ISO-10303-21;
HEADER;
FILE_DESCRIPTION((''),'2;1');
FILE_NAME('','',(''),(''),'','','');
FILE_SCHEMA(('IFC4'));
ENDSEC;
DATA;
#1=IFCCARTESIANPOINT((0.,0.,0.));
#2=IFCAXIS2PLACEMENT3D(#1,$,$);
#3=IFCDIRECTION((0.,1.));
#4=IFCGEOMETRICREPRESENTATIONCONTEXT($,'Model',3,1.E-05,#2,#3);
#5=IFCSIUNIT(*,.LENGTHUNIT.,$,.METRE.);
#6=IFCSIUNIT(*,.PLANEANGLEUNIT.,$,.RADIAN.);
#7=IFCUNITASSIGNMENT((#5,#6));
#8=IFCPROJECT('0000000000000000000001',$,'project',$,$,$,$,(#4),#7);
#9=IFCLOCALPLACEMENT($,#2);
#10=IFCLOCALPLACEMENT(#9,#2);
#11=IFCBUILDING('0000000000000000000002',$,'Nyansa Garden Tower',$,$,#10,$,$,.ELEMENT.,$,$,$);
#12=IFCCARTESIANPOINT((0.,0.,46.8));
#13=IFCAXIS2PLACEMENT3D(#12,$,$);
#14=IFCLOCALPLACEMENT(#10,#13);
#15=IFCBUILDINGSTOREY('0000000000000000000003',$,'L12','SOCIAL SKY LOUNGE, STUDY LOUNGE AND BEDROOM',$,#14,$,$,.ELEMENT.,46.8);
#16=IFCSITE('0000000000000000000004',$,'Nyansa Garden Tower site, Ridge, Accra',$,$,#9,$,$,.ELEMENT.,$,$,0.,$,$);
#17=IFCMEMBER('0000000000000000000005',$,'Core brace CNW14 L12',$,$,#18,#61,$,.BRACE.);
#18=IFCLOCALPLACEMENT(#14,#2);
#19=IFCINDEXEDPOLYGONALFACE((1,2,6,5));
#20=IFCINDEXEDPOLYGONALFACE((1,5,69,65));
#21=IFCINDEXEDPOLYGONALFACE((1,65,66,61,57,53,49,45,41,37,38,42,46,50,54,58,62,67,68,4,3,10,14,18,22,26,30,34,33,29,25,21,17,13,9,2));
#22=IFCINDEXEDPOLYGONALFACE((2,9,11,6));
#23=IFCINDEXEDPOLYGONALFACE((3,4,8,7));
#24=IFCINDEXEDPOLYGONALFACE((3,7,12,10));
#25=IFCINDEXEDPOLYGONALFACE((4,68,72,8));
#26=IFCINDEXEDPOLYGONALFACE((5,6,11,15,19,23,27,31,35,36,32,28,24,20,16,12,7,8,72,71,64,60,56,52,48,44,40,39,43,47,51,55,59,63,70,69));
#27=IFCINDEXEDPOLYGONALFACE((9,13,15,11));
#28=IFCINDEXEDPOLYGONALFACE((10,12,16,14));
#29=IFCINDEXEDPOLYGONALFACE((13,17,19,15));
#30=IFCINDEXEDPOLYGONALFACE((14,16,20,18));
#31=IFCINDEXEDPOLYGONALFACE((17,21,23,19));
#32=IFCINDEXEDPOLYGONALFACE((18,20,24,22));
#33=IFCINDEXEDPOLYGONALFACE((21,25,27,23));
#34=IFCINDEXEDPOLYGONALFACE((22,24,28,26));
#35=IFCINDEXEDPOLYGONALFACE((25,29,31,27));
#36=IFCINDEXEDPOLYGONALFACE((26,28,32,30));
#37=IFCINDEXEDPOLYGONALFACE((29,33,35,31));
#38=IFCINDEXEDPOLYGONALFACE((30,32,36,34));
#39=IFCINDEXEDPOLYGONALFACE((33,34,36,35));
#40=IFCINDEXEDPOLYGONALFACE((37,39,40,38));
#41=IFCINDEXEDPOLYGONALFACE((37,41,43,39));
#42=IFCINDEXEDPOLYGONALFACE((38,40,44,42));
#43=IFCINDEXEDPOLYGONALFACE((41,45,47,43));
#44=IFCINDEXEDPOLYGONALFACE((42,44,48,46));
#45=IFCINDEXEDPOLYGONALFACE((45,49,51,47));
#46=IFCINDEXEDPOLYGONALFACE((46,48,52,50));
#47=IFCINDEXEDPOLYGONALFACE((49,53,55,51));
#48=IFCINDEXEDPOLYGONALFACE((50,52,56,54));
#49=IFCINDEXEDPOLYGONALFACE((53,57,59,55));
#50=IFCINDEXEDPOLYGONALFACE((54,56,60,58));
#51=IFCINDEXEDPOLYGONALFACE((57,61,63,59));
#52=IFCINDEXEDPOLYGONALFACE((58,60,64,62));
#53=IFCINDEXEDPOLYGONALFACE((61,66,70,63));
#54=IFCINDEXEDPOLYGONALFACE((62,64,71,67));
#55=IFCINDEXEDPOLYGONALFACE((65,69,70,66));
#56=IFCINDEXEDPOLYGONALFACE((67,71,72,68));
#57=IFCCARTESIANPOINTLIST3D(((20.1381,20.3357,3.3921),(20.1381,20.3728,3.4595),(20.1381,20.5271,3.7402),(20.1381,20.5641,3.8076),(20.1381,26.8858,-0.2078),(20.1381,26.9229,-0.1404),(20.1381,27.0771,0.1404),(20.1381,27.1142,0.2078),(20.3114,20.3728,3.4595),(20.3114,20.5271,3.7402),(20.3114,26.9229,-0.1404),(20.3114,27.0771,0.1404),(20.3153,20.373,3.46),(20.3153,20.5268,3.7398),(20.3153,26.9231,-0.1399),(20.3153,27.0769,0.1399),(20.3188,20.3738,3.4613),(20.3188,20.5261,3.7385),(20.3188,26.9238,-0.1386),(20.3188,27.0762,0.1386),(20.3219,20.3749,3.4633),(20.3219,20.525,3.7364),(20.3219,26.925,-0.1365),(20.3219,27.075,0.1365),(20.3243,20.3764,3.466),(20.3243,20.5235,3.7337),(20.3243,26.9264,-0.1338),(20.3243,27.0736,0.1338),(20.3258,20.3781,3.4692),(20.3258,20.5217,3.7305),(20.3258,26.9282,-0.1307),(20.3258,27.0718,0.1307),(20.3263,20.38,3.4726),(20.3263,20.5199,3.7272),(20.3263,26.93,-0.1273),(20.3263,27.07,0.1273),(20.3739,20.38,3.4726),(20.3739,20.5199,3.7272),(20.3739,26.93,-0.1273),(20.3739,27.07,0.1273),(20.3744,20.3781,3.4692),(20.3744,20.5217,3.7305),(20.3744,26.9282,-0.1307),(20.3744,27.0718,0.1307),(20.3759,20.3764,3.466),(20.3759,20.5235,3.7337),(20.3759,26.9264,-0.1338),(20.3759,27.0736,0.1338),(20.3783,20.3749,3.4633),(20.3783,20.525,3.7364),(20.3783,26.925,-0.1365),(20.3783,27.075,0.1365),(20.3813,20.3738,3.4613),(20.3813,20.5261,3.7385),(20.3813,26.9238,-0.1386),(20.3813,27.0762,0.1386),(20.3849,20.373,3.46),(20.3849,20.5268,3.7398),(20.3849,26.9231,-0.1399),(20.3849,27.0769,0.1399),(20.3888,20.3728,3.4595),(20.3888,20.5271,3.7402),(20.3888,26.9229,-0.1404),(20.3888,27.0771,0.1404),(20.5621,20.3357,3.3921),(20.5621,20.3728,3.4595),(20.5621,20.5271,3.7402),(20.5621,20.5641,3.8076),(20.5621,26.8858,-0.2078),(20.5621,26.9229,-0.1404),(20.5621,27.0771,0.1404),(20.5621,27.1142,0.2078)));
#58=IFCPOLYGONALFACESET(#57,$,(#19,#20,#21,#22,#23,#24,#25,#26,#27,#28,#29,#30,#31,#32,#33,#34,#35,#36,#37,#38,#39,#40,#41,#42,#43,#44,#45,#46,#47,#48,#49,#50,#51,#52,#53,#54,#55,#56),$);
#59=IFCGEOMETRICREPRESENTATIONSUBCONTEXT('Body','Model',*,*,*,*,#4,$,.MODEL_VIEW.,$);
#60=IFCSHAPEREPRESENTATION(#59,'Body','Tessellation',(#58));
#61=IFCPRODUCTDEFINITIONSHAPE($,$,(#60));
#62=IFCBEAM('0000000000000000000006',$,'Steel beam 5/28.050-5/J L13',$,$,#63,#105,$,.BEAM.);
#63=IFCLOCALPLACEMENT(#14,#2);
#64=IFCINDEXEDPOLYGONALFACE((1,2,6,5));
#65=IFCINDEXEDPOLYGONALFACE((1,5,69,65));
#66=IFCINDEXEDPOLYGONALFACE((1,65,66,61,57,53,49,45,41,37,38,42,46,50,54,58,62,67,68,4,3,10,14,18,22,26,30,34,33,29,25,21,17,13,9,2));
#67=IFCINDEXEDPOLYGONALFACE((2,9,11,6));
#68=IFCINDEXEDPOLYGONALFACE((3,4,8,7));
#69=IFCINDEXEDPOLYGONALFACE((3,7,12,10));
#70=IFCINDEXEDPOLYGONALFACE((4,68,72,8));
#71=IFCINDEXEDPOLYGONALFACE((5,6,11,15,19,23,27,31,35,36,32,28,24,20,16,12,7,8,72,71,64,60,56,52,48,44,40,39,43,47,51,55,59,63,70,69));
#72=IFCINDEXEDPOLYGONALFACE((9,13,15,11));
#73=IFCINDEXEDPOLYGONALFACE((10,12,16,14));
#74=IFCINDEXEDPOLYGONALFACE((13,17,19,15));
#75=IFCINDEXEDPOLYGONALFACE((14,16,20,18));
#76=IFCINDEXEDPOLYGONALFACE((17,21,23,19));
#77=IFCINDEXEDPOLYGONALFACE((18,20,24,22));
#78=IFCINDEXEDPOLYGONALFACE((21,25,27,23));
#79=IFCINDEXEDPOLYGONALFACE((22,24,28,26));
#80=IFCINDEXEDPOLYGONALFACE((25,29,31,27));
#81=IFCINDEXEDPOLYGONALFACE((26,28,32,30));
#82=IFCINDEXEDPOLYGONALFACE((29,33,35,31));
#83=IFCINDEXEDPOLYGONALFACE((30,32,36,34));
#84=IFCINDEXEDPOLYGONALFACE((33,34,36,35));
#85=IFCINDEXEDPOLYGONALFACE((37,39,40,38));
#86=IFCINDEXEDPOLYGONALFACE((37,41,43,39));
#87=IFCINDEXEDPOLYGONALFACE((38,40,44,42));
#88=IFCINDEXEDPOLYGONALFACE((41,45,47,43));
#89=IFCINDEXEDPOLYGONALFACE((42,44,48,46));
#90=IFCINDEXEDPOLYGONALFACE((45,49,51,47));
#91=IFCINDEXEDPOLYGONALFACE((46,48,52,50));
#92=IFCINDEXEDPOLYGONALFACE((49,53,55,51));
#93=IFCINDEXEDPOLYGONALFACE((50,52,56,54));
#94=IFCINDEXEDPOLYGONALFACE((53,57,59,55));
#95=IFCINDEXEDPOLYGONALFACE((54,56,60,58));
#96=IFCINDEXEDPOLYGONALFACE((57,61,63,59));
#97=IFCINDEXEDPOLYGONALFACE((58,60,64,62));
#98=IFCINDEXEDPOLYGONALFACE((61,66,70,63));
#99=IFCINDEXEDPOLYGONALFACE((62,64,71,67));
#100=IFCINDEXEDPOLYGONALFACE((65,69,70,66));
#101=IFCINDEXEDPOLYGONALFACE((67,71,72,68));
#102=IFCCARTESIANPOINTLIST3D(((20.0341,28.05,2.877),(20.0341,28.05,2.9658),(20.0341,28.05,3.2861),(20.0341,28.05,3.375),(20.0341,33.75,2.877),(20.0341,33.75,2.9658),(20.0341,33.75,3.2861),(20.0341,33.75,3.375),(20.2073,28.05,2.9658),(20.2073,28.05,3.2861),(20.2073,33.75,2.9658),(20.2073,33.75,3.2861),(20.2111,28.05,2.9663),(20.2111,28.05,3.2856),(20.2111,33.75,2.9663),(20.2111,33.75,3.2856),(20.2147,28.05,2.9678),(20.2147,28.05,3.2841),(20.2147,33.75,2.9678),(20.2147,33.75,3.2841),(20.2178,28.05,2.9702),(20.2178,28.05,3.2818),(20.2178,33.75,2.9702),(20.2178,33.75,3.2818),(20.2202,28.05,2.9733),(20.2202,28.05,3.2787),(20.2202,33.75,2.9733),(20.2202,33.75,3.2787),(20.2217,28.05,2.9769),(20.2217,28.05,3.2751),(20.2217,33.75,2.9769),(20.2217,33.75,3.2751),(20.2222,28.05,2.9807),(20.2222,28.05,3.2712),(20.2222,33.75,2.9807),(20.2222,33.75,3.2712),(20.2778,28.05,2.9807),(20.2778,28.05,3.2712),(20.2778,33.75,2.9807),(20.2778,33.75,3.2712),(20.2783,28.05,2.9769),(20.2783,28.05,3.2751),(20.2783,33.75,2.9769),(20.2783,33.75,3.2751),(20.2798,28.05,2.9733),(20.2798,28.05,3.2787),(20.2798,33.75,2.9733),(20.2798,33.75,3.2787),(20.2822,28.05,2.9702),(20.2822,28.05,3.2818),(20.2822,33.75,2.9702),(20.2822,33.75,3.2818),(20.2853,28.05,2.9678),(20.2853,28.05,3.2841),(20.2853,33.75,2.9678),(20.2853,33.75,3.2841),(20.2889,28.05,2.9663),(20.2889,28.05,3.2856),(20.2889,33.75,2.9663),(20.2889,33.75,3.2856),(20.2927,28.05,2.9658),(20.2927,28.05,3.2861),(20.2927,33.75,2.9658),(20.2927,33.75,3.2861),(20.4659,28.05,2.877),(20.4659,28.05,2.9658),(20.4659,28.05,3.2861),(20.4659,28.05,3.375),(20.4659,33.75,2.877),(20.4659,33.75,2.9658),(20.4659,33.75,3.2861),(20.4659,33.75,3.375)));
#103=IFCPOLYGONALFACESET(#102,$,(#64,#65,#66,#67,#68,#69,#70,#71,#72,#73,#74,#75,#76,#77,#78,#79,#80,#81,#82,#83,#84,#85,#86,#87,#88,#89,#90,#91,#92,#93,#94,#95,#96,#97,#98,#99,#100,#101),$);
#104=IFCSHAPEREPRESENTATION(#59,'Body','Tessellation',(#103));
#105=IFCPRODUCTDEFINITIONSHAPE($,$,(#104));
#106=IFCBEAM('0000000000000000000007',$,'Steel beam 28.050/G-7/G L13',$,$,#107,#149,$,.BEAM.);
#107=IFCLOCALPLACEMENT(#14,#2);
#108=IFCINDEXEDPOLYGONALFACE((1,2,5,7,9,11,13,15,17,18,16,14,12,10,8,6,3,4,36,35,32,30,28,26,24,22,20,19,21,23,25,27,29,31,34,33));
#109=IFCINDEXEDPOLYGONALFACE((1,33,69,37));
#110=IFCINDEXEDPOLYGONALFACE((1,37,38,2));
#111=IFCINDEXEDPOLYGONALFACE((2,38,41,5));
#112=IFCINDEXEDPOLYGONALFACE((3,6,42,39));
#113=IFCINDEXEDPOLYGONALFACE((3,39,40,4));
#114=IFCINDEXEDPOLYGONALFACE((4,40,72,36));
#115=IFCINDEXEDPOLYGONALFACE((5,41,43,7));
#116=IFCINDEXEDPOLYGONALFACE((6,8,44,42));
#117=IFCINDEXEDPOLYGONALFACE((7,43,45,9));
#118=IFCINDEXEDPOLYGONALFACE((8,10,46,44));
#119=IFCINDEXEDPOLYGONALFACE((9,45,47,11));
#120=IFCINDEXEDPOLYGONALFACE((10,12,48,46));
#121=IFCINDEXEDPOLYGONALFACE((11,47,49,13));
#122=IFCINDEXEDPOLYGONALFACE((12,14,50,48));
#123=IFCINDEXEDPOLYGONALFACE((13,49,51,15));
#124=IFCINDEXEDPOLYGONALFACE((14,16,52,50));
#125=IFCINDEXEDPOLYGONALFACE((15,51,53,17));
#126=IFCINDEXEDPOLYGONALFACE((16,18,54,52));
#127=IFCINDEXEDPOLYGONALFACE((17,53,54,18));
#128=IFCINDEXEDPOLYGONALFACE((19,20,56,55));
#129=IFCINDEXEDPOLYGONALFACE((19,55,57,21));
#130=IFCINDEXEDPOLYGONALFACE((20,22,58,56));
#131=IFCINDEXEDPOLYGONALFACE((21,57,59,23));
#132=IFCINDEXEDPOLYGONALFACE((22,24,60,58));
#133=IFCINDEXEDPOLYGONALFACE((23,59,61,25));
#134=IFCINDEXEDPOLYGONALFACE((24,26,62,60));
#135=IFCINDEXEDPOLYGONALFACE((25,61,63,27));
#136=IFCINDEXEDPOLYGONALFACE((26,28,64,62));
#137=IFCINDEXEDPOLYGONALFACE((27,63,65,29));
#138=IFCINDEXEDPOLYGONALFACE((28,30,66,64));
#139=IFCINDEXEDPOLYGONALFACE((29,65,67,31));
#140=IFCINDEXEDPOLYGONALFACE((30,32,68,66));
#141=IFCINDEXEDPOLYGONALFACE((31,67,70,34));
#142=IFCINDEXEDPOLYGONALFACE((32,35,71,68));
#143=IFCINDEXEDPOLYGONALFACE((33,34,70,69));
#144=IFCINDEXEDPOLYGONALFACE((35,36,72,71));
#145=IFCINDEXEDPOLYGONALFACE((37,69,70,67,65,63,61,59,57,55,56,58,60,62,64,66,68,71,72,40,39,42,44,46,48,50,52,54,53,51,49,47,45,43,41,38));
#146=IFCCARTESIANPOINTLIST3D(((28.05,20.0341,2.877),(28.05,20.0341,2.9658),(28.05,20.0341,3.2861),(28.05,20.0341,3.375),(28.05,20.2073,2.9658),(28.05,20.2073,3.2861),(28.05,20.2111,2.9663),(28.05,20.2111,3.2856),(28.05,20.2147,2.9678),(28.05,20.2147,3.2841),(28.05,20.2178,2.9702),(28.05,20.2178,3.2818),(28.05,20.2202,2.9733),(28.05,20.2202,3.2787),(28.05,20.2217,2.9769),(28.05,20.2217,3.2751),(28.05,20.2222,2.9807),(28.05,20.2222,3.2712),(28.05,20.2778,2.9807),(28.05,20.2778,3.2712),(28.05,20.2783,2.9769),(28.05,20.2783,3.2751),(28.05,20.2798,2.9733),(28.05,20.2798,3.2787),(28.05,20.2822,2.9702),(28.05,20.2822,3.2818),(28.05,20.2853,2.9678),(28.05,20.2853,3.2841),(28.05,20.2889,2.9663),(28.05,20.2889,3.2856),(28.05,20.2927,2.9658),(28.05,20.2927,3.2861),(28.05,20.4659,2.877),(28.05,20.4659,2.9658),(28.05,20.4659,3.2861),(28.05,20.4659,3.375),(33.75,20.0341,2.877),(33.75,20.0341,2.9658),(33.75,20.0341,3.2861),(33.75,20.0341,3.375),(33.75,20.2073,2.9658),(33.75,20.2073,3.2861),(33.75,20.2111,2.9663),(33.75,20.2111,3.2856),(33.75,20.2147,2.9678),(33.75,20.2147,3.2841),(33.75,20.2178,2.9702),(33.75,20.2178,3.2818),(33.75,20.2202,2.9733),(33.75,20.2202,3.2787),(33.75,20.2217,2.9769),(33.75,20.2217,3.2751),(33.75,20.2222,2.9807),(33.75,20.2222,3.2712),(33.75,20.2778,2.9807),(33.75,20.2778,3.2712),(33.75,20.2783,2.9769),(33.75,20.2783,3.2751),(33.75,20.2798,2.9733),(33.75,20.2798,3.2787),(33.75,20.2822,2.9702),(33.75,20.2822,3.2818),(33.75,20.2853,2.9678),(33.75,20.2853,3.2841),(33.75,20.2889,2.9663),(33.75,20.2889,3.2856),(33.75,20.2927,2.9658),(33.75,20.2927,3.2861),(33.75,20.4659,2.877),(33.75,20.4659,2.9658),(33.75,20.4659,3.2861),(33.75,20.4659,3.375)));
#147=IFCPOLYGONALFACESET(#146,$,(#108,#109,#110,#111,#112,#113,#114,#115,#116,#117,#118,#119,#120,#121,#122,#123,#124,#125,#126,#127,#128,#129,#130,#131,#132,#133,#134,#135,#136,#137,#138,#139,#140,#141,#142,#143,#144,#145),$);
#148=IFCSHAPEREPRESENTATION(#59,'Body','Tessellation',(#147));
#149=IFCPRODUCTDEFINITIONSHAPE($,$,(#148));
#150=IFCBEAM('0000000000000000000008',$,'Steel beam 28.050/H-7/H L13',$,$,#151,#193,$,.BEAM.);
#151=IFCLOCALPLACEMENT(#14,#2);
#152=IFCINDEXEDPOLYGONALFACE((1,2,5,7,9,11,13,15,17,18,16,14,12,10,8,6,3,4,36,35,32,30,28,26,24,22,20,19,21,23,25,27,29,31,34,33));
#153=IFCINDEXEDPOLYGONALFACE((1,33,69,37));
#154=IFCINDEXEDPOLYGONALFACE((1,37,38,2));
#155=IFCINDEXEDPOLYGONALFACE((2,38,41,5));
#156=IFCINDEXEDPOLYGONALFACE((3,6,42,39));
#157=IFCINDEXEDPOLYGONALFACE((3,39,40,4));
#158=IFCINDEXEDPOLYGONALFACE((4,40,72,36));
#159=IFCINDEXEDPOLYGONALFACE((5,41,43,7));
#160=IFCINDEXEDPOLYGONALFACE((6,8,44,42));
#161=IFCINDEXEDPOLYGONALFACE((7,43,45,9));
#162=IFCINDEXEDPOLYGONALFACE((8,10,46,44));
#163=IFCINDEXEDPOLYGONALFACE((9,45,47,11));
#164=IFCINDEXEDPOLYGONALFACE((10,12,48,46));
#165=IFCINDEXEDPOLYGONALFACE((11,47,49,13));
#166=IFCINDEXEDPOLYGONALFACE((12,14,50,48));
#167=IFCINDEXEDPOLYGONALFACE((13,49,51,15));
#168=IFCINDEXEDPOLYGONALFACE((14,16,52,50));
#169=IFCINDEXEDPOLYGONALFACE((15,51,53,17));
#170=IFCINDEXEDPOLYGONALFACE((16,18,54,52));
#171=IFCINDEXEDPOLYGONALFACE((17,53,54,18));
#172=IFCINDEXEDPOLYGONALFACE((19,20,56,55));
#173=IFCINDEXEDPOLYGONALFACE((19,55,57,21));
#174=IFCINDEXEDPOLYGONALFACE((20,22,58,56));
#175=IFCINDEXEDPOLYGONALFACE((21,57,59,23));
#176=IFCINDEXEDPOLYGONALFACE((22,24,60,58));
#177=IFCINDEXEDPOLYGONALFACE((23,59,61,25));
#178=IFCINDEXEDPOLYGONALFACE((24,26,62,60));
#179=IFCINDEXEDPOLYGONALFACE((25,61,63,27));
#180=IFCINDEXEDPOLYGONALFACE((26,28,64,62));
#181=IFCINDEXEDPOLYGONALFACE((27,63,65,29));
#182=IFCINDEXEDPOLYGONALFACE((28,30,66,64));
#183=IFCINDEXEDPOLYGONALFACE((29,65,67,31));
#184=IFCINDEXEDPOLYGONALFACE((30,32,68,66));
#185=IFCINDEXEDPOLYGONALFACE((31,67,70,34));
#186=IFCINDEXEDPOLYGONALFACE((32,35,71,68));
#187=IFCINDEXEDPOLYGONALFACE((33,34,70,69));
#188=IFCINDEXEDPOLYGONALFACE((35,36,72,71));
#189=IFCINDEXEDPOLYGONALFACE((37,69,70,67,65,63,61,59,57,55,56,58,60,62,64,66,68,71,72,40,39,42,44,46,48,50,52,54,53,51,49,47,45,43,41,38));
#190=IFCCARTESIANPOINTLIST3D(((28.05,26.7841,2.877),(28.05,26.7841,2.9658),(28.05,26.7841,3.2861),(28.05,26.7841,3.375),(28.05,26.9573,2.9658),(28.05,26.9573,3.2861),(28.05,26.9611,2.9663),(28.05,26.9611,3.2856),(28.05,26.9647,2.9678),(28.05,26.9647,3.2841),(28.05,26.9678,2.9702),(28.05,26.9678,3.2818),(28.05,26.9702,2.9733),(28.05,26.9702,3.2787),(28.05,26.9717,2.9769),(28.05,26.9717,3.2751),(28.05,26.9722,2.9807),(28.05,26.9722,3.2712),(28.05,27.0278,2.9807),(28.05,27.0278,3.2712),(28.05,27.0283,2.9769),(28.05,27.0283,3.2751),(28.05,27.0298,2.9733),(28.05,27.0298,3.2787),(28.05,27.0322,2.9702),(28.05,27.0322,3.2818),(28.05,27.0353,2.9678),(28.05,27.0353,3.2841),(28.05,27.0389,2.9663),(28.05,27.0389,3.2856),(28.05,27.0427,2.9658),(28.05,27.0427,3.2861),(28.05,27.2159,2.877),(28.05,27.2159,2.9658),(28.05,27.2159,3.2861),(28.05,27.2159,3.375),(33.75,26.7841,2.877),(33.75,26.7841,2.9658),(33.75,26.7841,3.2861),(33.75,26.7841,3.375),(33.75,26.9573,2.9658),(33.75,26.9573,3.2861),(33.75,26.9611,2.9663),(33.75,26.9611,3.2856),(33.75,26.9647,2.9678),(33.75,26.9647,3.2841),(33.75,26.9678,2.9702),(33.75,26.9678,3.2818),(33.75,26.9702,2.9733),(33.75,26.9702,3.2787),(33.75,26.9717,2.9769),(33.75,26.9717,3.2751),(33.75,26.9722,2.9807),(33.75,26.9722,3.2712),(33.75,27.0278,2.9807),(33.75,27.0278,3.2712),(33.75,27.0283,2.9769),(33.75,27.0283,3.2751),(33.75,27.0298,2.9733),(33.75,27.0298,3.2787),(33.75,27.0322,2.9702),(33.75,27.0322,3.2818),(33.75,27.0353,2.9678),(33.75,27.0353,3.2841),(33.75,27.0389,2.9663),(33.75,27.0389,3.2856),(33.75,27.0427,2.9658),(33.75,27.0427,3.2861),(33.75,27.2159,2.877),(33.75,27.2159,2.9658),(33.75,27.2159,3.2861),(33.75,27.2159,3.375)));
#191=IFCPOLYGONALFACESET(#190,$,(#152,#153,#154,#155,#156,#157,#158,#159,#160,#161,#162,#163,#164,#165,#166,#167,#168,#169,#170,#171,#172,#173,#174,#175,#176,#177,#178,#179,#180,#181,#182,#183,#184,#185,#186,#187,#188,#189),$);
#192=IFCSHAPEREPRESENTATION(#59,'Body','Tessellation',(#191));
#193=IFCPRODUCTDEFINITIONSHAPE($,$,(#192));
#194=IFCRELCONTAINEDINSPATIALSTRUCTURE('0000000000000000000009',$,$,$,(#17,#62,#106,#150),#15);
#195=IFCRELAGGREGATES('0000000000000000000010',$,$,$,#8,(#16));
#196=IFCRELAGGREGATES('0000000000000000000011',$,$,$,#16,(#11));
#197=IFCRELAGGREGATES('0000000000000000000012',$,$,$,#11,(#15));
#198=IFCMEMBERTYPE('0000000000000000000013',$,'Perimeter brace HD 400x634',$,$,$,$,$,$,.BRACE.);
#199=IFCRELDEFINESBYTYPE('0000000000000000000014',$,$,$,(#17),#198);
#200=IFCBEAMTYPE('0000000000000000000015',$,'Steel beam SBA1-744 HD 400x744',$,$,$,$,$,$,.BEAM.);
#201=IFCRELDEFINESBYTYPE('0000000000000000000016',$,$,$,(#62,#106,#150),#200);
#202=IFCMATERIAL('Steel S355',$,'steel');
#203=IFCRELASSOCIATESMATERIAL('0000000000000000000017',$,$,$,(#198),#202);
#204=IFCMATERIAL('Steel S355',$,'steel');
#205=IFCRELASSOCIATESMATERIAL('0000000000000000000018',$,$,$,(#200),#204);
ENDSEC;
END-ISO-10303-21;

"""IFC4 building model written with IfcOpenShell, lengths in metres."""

from ifc_helpers import new_model, si_unit, direction, frame, origin, origin_2d, place, context, subcontext, project, spatial, i_section, extrude, material, material_profile, profile_set, type_object, element, save


model = new_model("IFC4")

# Units and contexts
model_context = context("Model", 3, precision=1e-05, world=origin(), true_north=direction((0.0, 1.0)))
body_context = subcontext(model_context, "Body", "Model", "MODEL_VIEW")
ifc_project = project(units=[si_unit("LENGTHUNIT", "METRE"), si_unit("PLANEANGLEUNIT", "RADIAN")], contexts=[model_context])

# Site, building, storey
site_placement = place(None, origin())
site = spatial("IfcSite", under=ifc_project, at=site_placement, Name="Nyansa Garden Tower site, Ridge, Accra", CompositionType="ELEMENT", RefElevation=0.0)
building_placement = place(site_placement, origin())
building = spatial("IfcBuilding", under=site, at=building_placement, Name="Nyansa Garden Tower", CompositionType="ELEMENT")
storey_placement = place(building_placement, frame((0.0, 0.0, 46.8)))
storey = spatial("IfcBuildingStorey", under=building, at=storey_placement, Name="L12", Description="SOCIAL SKY LOUNGE, STUDY LOUNGE AND BEDROOM", CompositionType="ELEMENT", Elevation=46.8)

# Member
ifc_material_1 = material(Name="Steel S355", Category="steel")
ifc_material_profile_1 = material_profile(ifc_material_1, i_section(OverallWidth=0.4241, OverallDepth=0.4741, WebThickness=0.0476, FlangeThickness=0.0769, FilletRadius=0.0149, at=origin_2d()), Name="HD 400x634")
ifc_profile_set_1 = profile_set([ifc_material_profile_1], Name="Steel S355")
member_type = type_object("IfcMemberType", Name="Perimeter brace HD 400x634", PredefinedType="BRACE", material=ifc_profile_set_1)
for number, where, z_axis, x_axis, name in (
    (1, (20.3501, 27.0, 0.0), (0.0, -0.876367, 0.481644), (1.0, 0.0, 0.0), "Core brace CNW14 L12"),
):
    element("IfcMember", number, at=place(storey_placement, frame(where, z_axis=z_axis, x_axis=x_axis)), inside=storey, type_object=member_type, Name=name, PredefinedType="BRACE", context=body_context, shape_type="SweptSolid", body=[
        extrude(i_section(OverallWidth=0.4241, OverallDepth=0.4741, WebThickness=0.0476, FlangeThickness=0.0769, FilletRadius=0.0149, at=origin_2d()), origin(), (0.0, 0.0, 1.0), 7.4741),
    ])

# Beams
ifc_material_2 = material(Name="Steel S355", Category="steel")
ifc_material_profile_2 = material_profile(ifc_material_2, i_section(OverallWidth=0.4319, OverallDepth=0.498, WebThickness=0.0557, FlangeThickness=0.0889, FilletRadius=0.0149, at=origin_2d()), Name="HD 400x744")
ifc_profile_set_2 = profile_set([ifc_material_profile_2], Name="Steel S355")
beam_type_1 = type_object("IfcBeamType", Name="Steel beam SBA1-744 HD 400x744", PredefinedType="BEAM", material=ifc_profile_set_2)
for number, where, z_axis, x_axis, name in (
    (2, (20.25, 28.05, 3.126), (0.0, 1.0, 0.0), (-1.0, 0.0, 0.0), "Steel beam 5/28.050-5/J L13"),
    (3, (28.05, 20.25, 3.126), (1.0, 0.0, 0.0), (0.0, 1.0, 0.0), "Steel beam 28.050/G-7/G L13"),
    (4, (28.05, 27.0, 3.126), (1.0, 0.0, 0.0), (0.0, 1.0, 0.0), "Steel beam 28.050/H-7/H L13"),
):
    element("IfcBeam", number, at=place(storey_placement, frame(where, z_axis=z_axis, x_axis=x_axis)), inside=storey, type_object=beam_type_1, Name=name, PredefinedType="BEAM", context=body_context, shape_type="SweptSolid", body=[
        extrude(i_section(OverallWidth=0.4319, OverallDepth=0.498, WebThickness=0.0557, FlangeThickness=0.0889, FilletRadius=0.0149, at=origin_2d()), origin(), (0.0, 0.0, 1.0), 5.7),
    ])

save(model, "model.ifc")
